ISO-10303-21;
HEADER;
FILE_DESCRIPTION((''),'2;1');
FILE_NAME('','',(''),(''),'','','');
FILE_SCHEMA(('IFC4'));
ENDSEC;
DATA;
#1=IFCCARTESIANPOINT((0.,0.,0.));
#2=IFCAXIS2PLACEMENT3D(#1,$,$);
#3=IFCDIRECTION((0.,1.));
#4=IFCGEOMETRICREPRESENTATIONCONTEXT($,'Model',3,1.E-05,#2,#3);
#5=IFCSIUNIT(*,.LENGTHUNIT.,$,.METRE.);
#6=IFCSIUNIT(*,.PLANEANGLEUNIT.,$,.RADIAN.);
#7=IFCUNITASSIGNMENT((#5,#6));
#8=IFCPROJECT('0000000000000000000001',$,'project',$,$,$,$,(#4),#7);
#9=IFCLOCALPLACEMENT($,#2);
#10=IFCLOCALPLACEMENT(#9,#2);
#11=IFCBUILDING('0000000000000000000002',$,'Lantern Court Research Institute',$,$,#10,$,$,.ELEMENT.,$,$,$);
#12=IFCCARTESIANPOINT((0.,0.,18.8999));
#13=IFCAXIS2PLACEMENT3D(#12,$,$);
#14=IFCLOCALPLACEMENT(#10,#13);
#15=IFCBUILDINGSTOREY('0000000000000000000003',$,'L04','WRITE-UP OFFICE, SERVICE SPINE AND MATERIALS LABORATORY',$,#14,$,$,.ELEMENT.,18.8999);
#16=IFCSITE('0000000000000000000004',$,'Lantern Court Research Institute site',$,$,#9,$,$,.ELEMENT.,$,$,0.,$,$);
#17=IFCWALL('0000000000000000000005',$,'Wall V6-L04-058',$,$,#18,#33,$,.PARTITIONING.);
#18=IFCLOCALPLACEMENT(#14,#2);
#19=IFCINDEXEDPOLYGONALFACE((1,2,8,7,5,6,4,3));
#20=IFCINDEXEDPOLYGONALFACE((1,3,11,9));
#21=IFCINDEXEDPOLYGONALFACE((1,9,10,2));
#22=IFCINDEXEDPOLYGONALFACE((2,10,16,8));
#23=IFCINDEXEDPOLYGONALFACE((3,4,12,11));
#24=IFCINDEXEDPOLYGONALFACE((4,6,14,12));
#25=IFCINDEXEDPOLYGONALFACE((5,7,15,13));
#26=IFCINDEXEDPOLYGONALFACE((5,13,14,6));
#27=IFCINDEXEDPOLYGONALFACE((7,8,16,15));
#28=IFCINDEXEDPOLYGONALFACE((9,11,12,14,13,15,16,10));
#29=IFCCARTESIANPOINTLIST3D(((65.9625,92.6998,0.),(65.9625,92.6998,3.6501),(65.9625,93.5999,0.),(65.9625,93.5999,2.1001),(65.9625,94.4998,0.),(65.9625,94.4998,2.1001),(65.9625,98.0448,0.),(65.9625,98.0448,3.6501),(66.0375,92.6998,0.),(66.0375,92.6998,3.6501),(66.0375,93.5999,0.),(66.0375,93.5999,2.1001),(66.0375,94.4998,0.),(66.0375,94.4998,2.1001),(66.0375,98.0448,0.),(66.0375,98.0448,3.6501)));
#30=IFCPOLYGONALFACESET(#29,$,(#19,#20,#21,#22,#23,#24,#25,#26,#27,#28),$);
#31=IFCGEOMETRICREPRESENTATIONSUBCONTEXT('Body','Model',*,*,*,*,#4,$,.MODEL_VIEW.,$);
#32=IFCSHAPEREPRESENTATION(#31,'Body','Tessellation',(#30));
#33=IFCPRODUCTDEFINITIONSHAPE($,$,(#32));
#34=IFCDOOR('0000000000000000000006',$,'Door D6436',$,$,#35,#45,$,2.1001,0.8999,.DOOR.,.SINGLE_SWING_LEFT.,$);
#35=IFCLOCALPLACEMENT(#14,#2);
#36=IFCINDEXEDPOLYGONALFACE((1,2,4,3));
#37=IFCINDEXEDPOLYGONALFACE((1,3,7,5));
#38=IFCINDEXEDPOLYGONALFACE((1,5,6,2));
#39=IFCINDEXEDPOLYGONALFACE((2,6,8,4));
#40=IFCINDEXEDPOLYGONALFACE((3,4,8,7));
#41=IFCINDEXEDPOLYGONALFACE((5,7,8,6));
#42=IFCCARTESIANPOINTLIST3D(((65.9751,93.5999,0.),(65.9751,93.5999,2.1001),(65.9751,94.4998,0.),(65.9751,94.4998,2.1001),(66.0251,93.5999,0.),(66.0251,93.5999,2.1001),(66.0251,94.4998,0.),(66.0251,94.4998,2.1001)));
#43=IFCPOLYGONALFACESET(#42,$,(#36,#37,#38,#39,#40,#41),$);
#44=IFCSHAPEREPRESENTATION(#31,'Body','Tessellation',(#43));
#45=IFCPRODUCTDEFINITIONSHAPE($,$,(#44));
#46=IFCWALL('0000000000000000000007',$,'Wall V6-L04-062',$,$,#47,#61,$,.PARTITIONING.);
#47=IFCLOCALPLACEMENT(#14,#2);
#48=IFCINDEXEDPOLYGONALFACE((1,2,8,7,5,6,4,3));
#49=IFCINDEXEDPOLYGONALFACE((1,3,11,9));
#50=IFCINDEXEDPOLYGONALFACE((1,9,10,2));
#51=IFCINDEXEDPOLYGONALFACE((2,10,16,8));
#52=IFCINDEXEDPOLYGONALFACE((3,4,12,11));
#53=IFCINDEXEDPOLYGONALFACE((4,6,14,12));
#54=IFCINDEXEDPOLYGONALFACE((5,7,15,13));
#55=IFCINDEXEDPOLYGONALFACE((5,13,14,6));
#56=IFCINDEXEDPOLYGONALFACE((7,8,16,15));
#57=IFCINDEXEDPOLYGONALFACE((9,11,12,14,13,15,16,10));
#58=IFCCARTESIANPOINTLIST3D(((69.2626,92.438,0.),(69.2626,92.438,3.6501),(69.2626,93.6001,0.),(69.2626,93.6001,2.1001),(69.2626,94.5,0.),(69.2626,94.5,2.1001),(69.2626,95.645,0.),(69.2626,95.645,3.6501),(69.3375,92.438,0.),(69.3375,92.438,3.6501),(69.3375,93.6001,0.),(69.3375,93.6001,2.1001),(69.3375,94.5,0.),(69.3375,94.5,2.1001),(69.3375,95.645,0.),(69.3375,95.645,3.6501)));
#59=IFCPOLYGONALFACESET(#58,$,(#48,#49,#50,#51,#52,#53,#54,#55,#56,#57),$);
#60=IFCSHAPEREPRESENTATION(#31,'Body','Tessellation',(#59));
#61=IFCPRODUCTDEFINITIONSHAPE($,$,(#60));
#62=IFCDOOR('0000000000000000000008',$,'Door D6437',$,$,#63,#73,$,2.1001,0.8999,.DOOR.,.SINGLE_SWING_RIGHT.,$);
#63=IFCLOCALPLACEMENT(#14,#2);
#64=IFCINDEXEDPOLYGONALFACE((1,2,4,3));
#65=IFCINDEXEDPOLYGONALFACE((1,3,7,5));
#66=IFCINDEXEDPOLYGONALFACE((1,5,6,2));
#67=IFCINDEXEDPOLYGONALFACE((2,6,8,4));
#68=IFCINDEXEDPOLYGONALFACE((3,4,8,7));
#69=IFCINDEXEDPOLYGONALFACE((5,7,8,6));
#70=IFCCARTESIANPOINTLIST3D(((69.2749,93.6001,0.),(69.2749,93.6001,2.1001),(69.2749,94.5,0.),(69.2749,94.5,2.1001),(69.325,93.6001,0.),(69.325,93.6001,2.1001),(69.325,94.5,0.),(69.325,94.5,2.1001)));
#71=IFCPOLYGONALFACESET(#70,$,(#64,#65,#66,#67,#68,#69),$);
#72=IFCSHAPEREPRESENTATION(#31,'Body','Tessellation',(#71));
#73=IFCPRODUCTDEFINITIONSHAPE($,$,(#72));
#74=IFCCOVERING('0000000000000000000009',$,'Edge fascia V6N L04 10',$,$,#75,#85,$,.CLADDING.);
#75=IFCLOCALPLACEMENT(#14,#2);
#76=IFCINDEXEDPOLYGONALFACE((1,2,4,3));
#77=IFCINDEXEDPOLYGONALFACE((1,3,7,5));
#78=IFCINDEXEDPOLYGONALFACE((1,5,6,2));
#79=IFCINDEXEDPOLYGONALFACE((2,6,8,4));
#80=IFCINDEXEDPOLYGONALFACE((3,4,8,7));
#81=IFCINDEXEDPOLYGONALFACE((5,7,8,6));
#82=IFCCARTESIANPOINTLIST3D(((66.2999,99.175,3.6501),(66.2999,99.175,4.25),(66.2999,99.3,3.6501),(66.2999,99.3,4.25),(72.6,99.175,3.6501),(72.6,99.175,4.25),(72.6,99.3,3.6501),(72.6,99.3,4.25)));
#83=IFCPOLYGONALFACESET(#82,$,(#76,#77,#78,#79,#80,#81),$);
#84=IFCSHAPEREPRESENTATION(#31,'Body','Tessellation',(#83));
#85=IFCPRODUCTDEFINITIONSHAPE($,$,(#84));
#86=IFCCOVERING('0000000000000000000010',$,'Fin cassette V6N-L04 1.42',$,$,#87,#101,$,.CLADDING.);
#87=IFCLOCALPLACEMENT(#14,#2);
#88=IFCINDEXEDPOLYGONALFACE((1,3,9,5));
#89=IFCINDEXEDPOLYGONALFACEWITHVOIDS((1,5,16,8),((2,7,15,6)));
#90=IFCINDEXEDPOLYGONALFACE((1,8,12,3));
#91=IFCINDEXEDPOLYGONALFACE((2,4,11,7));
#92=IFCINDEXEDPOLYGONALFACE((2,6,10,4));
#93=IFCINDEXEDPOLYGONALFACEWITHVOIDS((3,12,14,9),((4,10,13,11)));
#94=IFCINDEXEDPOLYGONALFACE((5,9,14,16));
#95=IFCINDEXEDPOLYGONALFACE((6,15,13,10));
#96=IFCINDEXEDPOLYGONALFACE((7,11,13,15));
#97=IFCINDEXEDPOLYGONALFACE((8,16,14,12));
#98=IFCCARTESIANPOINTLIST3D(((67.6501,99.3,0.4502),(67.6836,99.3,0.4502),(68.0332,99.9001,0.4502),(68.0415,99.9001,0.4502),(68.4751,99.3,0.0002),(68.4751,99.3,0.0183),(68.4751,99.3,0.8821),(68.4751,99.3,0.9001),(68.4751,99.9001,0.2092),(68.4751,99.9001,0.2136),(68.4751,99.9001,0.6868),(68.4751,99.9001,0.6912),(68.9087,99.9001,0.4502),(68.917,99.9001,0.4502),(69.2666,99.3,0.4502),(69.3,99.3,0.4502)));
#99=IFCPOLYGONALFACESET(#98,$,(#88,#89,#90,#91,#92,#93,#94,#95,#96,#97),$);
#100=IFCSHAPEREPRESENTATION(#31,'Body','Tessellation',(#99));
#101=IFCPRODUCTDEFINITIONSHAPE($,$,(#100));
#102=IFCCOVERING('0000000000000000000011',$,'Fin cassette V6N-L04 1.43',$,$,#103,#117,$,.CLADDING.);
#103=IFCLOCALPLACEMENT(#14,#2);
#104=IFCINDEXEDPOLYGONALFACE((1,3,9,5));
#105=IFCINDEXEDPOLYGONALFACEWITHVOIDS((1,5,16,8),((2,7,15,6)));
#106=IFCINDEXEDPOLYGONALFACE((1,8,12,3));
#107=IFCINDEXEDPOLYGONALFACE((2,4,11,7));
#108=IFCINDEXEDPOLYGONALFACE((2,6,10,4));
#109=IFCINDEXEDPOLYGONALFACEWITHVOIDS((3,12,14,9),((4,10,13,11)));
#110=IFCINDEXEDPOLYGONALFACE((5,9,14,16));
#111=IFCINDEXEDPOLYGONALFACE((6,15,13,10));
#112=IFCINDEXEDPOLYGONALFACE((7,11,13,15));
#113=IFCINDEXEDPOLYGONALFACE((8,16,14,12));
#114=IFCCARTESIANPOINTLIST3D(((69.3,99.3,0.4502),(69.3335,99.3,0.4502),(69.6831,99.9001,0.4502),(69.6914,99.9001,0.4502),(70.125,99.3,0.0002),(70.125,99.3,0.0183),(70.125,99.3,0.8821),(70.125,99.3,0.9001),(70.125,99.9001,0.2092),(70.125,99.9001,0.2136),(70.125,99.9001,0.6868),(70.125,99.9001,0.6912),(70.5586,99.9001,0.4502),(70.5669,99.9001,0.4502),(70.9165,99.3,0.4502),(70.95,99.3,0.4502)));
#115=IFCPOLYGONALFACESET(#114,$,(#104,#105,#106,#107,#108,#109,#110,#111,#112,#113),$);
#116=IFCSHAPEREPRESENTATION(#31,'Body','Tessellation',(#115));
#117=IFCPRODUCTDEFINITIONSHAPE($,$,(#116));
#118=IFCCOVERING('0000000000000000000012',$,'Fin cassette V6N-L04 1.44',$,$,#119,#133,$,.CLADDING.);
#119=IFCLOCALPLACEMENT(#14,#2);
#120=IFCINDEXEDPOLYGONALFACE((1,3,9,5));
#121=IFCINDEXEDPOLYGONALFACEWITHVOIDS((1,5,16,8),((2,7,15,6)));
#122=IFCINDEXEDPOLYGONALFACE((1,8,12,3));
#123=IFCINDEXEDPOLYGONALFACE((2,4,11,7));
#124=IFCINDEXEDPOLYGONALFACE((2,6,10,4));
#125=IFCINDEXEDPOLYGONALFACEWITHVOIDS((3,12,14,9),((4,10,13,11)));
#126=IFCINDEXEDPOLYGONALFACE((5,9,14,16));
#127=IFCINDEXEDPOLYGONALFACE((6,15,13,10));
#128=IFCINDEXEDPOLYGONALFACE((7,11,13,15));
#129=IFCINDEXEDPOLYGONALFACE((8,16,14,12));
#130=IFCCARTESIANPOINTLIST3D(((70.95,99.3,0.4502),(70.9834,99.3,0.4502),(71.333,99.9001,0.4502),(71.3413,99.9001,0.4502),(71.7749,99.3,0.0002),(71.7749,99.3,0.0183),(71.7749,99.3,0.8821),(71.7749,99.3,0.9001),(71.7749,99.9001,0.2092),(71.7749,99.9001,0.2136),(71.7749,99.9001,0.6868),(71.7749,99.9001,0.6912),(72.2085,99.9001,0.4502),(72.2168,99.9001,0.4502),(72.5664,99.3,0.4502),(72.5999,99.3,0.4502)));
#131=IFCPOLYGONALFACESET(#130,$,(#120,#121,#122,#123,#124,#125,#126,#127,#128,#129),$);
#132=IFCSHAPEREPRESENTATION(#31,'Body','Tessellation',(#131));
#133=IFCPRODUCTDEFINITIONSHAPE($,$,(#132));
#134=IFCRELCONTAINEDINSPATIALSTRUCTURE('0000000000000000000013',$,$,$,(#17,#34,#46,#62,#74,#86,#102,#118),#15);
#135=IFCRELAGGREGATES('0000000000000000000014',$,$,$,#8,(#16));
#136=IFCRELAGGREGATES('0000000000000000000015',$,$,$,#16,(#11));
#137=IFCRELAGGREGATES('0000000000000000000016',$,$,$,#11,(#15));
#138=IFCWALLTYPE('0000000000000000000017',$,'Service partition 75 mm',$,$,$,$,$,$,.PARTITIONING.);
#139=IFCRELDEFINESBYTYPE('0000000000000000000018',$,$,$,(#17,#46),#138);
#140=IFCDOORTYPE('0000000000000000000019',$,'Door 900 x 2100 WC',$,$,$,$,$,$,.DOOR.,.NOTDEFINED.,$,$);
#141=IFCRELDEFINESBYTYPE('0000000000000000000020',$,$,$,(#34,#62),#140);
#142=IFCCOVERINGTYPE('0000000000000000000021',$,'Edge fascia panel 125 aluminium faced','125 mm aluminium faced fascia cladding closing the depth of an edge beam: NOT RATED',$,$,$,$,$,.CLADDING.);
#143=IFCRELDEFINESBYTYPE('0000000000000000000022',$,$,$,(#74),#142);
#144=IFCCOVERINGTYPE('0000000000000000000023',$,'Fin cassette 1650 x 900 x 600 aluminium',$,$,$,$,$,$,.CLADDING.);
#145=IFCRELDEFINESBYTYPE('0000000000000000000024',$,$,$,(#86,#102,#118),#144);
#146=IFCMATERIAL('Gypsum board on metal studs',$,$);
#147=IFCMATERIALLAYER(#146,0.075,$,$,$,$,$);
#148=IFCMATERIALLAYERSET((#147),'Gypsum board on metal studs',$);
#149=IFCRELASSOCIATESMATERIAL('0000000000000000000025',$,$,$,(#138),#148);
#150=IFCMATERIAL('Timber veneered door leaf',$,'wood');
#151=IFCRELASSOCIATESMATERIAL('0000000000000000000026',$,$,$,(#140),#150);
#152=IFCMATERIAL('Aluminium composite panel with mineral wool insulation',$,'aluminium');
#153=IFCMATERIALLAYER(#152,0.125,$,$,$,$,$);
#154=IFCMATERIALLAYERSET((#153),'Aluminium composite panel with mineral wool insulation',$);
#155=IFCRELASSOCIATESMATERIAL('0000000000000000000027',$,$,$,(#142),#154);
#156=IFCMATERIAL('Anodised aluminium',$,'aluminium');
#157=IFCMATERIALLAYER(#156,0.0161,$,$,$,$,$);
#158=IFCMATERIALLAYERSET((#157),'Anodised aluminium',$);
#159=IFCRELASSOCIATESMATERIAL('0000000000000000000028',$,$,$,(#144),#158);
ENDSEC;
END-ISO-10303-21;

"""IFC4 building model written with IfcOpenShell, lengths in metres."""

from ifc_helpers import new_model, entity, si_unit, direction, frame, frame_2d, origin, place, context, subcontext, project, spatial, rectangle, extrude, material, layer, layer_set, type_object, element, fill, save


model = new_model("IFC4")

# Units and contexts
model_context = context("Model", 3, precision=1e-05, world=origin(), true_north=direction((0.0, 1.0)))
body_context = subcontext(model_context, "Body", "Model", "MODEL_VIEW")
ifc_project = project(units=[si_unit("LENGTHUNIT", "METRE"), si_unit("PLANEANGLEUNIT", "RADIAN")], contexts=[model_context])

# Site, building, storey
site_placement = place(None, origin())
site = spatial("IfcSite", under=ifc_project, at=site_placement, Name="Lantern Court Research Institute site", CompositionType="ELEMENT", RefElevation=0.0)
building_placement = place(site_placement, origin())
building = spatial("IfcBuilding", under=site, at=building_placement, Name="Lantern Court Research Institute", CompositionType="ELEMENT")
storey_placement = place(building_placement, frame((0.0, 0.0, 18.8999)))
storey = spatial("IfcBuildingStorey", under=building, at=storey_placement, Name="L04", Description="WRITE-UP OFFICE, SERVICE SPINE AND MATERIALS LABORATORY", CompositionType="ELEMENT", Elevation=18.8999)

# Walls, openings, doors
ifc_material_1 = material(Name="Gypsum board on metal studs")
ifc_layer_1 = layer(ifc_material_1, 0.075)
ifc_layer_set_1 = layer_set([ifc_layer_1], Name="Gypsum board on metal studs")
wall_type_1 = type_object("IfcWallType", Name="Service partition 75 mm", PredefinedType="PARTITIONING", material=ifc_layer_set_1)
wall_1_placement = place(storey_placement, frame((66.0, 92.7, 0.0), z_axis=(0.0, 0.0, 1.0), x_axis=(0.0, 1.0, 0.0)))
wall_1 = element("IfcWall", 1, at=wall_1_placement, inside=storey, type_object=wall_type_1, Name="Wall V6-L04-058", PredefinedType="PARTITIONING", context=body_context, shape_type="SweptSolid", body=[
    extrude(rectangle(XDim=5.345, YDim=0.075, at=frame_2d((2.6724, 0.0))), origin(), (0.0, 0.0, 1.0), 3.6501),
])
opening_1_placement = place(wall_1_placement, frame((0.8999, 0.0, 0.0)))
opening_1 = element("IfcOpeningElement", 2, at=opening_1_placement, cuts=wall_1, PredefinedType="OPENING", context=body_context, shape_type="SweptSolid", body=[
    extrude(rectangle(XDim=0.8999, YDim=2.1001, at=frame_2d((0.45, 1.05))), frame((0.0, 0.0474, 0.0), z_axis=(0.0, -1.0, 0.0), x_axis=(1.0, 0.0, 0.0)), (0.0, 0.0, 1.0), 0.095),
])
ifc_material_2 = material(Name="Timber veneered door leaf", Category="wood")
door_type_1 = type_object("IfcDoorType", Name="Door 900 x 2100 WC", OperationType="NOTDEFINED", PredefinedType="DOOR", material=ifc_material_2)
door_1_placement = place(opening_1_placement, origin())
door_1 = element("IfcDoor", 3, at=door_1_placement, inside=storey, type_object=door_type_1, Name="Door D6436", OperationType="SINGLE_SWING_LEFT", OverallHeight=2.1001, OverallWidth=0.8999, PredefinedType="DOOR", context=body_context, shape_type="SweptSolid", body=[
    extrude(rectangle(XDim=0.8999, YDim=2.1001, at=frame_2d((0.45, 1.05))), frame((0.0, 0.0249, 0.0), z_axis=(0.0, -1.0, 0.0), x_axis=(1.0, 0.0, 0.0)), (0.0, 0.0, 1.0), 0.05),
])
fill(opening_1, door_1)
wall_2_placement = place(storey_placement, frame((69.3, 95.645, 0.0), z_axis=(0.0, 0.0, 1.0), x_axis=(0.0, -1.0, 0.0)))
wall_2 = element("IfcWall", 4, at=wall_2_placement, inside=storey, type_object=wall_type_1, Name="Wall V6-L04-062", PredefinedType="PARTITIONING", context=body_context, shape_type="SweptSolid", body=[
    extrude(rectangle(XDim=3.207, YDim=0.075, at=frame_2d((1.6035, 0.0))), origin(), (0.0, 0.0, 1.0), 3.6501),
])
opening_2_placement = place(wall_2_placement, frame((1.145, 0.0, 0.0)))
opening_2 = element("IfcOpeningElement", 5, at=opening_2_placement, cuts=wall_2, PredefinedType="OPENING", context=body_context, shape_type="SweptSolid", body=[
    extrude(rectangle(XDim=0.8999, YDim=2.1001, at=frame_2d((0.45, 1.05))), frame((0.0, 0.0474, 0.0), z_axis=(0.0, -1.0, 0.0), x_axis=(1.0, 0.0, 0.0)), (0.0, 0.0, 1.0), 0.095),
])
door_2_placement = place(opening_2_placement, origin())
door_2 = element("IfcDoor", 6, at=door_2_placement, inside=storey, type_object=door_type_1, Name="Door D6437", OperationType="SINGLE_SWING_RIGHT", OverallHeight=2.1001, OverallWidth=0.8999, PredefinedType="DOOR", context=body_context, shape_type="SweptSolid", body=[
    extrude(rectangle(XDim=0.8999, YDim=2.1001, at=frame_2d((0.45, 1.05))), frame((0.0, 0.0249, 0.0), z_axis=(0.0, -1.0, 0.0), x_axis=(1.0, 0.0, 0.0)), (0.0, 0.0, 1.0), 0.05),
])
fill(opening_2, door_2)

# Coverings
ifc_material_3 = material(Name="Aluminium composite panel with mineral wool insulation", Category="aluminium")
ifc_layer_2 = layer(ifc_material_3, 0.125)
ifc_layer_set_2 = layer_set([ifc_layer_2], Name="Aluminium composite panel with mineral wool insulation")
covering_type_1 = type_object("IfcCoveringType", Name="Edge fascia panel 125 aluminium faced", Description="125 mm aluminium faced fascia cladding closing the depth of an edge beam: NOT RATED", PredefinedType="CLADDING", material=ifc_layer_set_2)
covering_1_placement = place(storey_placement, frame((66.3, 99.2375, 3.6501), z_axis=(0.0, 0.0, 1.0), x_axis=(1.0, 0.0, 0.0)))
element("IfcCovering", 7, at=covering_1_placement, inside=storey, type_object=covering_type_1, Name="Edge fascia V6N L04 10", PredefinedType="CLADDING", context=body_context, shape_type="SweptSolid", body=[
    extrude(rectangle(XDim=6.3, YDim=0.125, at=frame_2d((3.1499, 0.0))), origin(), (0.0, 0.0, 1.0), 0.5999),
])
ifc_material_4 = material(Name="Anodised aluminium", Category="aluminium")
ifc_layer_3 = layer(ifc_material_4, 0.0161)
ifc_layer_set_3 = layer_set([ifc_layer_3], Name="Anodised aluminium")
covering_type_2 = type_object("IfcCoveringType", Name="Fin cassette 1650 x 900 x 600 aluminium", PredefinedType="CLADDING", material=ifc_layer_set_3)
covering_2_placement = place(storey_placement, frame((68.4751, 99.3, 0.4502), z_axis=(0.0, 1.0, 0.0), x_axis=(-1.0, 0.0, 0.0)))
cartesian_point_1 = entity("IfcCartesianPoint", [0.825, 0.0])
cartesian_point_2 = entity("IfcCartesianPoint", [0.7915, 0.0])
cartesian_point_3 = entity("IfcCartesianPoint", [0.4419, 0.0])
cartesian_point_4 = entity("IfcCartesianPoint", [0.4336, 0.0])
element("IfcCovering", 8, at=covering_2_placement, inside=storey, type_object=covering_type_2, Name="Fin cassette V6N-L04 1.42", PredefinedType="CLADDING", context=body_context, shape_type="SweptSolid", body=[
    entity("IfcExtrudedAreaSolidTapered", entity("IfcArbitraryProfileDefWithVoids", "AREA", None, entity("IfcPolyline", [cartesian_point_1, entity("IfcCartesianPoint", [0.0, 0.45]), entity("IfcCartesianPoint", [-0.825, 0.0]), entity("IfcCartesianPoint", [0.0, -0.45]), cartesian_point_1]), [entity("IfcPolyline", [cartesian_point_2, entity("IfcCartesianPoint", [0.0, 0.4319]), entity("IfcCartesianPoint", [-0.7915, 0.0]), entity("IfcCartesianPoint", [0.0, -0.4319]), cartesian_point_2])]), entity("IfcAxis2Placement3D", entity("IfcCartesianPoint", [0.0, 0.0, 0.0])), entity("IfcDirection", [0.0, 0.0, 1.0]), 0.6001, entity("IfcArbitraryProfileDefWithVoids", "AREA", None, entity("IfcPolyline", [cartesian_point_3, entity("IfcCartesianPoint", [0.0, 0.241]), entity("IfcCartesianPoint", [-0.4419, 0.0]), entity("IfcCartesianPoint", [0.0, -0.241]), cartesian_point_3]), [entity("IfcPolyline", [cartesian_point_4, entity("IfcCartesianPoint", [0.0, 0.2366]), entity("IfcCartesianPoint", [-0.4336, 0.0]), entity("IfcCartesianPoint", [0.0, -0.2366]), cartesian_point_4])])),
])
covering_3_placement = place(storey_placement, frame((70.125, 99.3, 0.4502), z_axis=(0.0, 1.0, 0.0), x_axis=(-1.0, 0.0, 0.0)))
cartesian_point_5 = entity("IfcCartesianPoint", [0.825, 0.0])
cartesian_point_6 = entity("IfcCartesianPoint", [0.7915, 0.0])
cartesian_point_7 = entity("IfcCartesianPoint", [0.4419, 0.0])
cartesian_point_8 = entity("IfcCartesianPoint", [0.4336, 0.0])
element("IfcCovering", 9, at=covering_3_placement, inside=storey, type_object=covering_type_2, Name="Fin cassette V6N-L04 1.43", PredefinedType="CLADDING", context=body_context, shape_type="SweptSolid", body=[
    entity("IfcExtrudedAreaSolidTapered", entity("IfcArbitraryProfileDefWithVoids", "AREA", None, entity("IfcPolyline", [cartesian_point_5, entity("IfcCartesianPoint", [0.0, 0.45]), entity("IfcCartesianPoint", [-0.825, 0.0]), entity("IfcCartesianPoint", [0.0, -0.45]), cartesian_point_5]), [entity("IfcPolyline", [cartesian_point_6, entity("IfcCartesianPoint", [0.0, 0.4319]), entity("IfcCartesianPoint", [-0.7915, 0.0]), entity("IfcCartesianPoint", [0.0, -0.4319]), cartesian_point_6])]), entity("IfcAxis2Placement3D", entity("IfcCartesianPoint", [0.0, 0.0, 0.0])), entity("IfcDirection", [0.0, 0.0, 1.0]), 0.6001, entity("IfcArbitraryProfileDefWithVoids", "AREA", None, entity("IfcPolyline", [cartesian_point_7, entity("IfcCartesianPoint", [0.0, 0.241]), entity("IfcCartesianPoint", [-0.4419, 0.0]), entity("IfcCartesianPoint", [0.0, -0.241]), cartesian_point_7]), [entity("IfcPolyline", [cartesian_point_8, entity("IfcCartesianPoint", [0.0, 0.2366]), entity("IfcCartesianPoint", [-0.4336, 0.0]), entity("IfcCartesianPoint", [0.0, -0.2366]), cartesian_point_8])])),
])
covering_4_placement = place(storey_placement, frame((71.7749, 99.3, 0.4502), z_axis=(0.0, 1.0, 0.0), x_axis=(-1.0, 0.0, 0.0)))
cartesian_point_9 = entity("IfcCartesianPoint", [0.825, 0.0])
cartesian_point_10 = entity("IfcCartesianPoint", [0.7915, 0.0])
cartesian_point_11 = entity("IfcCartesianPoint", [0.4419, 0.0])
cartesian_point_12 = entity("IfcCartesianPoint", [0.4336, 0.0])
element("IfcCovering", 10, at=covering_4_placement, inside=storey, type_object=covering_type_2, Name="Fin cassette V6N-L04 1.44", PredefinedType="CLADDING", context=body_context, shape_type="SweptSolid", body=[
    entity("IfcExtrudedAreaSolidTapered", entity("IfcArbitraryProfileDefWithVoids", "AREA", None, entity("IfcPolyline", [cartesian_point_9, entity("IfcCartesianPoint", [0.0, 0.45]), entity("IfcCartesianPoint", [-0.825, 0.0]), entity("IfcCartesianPoint", [0.0, -0.45]), cartesian_point_9]), [entity("IfcPolyline", [cartesian_point_10, entity("IfcCartesianPoint", [0.0, 0.4319]), entity("IfcCartesianPoint", [-0.7915, 0.0]), entity("IfcCartesianPoint", [0.0, -0.4319]), cartesian_point_10])]), entity("IfcAxis2Placement3D", entity("IfcCartesianPoint", [0.0, 0.0, 0.0])), entity("IfcDirection", [0.0, 0.0, 1.0]), 0.6001, entity("IfcArbitraryProfileDefWithVoids", "AREA", None, entity("IfcPolyline", [cartesian_point_11, entity("IfcCartesianPoint", [0.0, 0.241]), entity("IfcCartesianPoint", [-0.4419, 0.0]), entity("IfcCartesianPoint", [0.0, -0.241]), cartesian_point_11]), [entity("IfcPolyline", [cartesian_point_12, entity("IfcCartesianPoint", [0.0, 0.2366]), entity("IfcCartesianPoint", [-0.4336, 0.0]), entity("IfcCartesianPoint", [0.0, -0.2366]), cartesian_point_12])])),
])

save(model, "model.ifc")
